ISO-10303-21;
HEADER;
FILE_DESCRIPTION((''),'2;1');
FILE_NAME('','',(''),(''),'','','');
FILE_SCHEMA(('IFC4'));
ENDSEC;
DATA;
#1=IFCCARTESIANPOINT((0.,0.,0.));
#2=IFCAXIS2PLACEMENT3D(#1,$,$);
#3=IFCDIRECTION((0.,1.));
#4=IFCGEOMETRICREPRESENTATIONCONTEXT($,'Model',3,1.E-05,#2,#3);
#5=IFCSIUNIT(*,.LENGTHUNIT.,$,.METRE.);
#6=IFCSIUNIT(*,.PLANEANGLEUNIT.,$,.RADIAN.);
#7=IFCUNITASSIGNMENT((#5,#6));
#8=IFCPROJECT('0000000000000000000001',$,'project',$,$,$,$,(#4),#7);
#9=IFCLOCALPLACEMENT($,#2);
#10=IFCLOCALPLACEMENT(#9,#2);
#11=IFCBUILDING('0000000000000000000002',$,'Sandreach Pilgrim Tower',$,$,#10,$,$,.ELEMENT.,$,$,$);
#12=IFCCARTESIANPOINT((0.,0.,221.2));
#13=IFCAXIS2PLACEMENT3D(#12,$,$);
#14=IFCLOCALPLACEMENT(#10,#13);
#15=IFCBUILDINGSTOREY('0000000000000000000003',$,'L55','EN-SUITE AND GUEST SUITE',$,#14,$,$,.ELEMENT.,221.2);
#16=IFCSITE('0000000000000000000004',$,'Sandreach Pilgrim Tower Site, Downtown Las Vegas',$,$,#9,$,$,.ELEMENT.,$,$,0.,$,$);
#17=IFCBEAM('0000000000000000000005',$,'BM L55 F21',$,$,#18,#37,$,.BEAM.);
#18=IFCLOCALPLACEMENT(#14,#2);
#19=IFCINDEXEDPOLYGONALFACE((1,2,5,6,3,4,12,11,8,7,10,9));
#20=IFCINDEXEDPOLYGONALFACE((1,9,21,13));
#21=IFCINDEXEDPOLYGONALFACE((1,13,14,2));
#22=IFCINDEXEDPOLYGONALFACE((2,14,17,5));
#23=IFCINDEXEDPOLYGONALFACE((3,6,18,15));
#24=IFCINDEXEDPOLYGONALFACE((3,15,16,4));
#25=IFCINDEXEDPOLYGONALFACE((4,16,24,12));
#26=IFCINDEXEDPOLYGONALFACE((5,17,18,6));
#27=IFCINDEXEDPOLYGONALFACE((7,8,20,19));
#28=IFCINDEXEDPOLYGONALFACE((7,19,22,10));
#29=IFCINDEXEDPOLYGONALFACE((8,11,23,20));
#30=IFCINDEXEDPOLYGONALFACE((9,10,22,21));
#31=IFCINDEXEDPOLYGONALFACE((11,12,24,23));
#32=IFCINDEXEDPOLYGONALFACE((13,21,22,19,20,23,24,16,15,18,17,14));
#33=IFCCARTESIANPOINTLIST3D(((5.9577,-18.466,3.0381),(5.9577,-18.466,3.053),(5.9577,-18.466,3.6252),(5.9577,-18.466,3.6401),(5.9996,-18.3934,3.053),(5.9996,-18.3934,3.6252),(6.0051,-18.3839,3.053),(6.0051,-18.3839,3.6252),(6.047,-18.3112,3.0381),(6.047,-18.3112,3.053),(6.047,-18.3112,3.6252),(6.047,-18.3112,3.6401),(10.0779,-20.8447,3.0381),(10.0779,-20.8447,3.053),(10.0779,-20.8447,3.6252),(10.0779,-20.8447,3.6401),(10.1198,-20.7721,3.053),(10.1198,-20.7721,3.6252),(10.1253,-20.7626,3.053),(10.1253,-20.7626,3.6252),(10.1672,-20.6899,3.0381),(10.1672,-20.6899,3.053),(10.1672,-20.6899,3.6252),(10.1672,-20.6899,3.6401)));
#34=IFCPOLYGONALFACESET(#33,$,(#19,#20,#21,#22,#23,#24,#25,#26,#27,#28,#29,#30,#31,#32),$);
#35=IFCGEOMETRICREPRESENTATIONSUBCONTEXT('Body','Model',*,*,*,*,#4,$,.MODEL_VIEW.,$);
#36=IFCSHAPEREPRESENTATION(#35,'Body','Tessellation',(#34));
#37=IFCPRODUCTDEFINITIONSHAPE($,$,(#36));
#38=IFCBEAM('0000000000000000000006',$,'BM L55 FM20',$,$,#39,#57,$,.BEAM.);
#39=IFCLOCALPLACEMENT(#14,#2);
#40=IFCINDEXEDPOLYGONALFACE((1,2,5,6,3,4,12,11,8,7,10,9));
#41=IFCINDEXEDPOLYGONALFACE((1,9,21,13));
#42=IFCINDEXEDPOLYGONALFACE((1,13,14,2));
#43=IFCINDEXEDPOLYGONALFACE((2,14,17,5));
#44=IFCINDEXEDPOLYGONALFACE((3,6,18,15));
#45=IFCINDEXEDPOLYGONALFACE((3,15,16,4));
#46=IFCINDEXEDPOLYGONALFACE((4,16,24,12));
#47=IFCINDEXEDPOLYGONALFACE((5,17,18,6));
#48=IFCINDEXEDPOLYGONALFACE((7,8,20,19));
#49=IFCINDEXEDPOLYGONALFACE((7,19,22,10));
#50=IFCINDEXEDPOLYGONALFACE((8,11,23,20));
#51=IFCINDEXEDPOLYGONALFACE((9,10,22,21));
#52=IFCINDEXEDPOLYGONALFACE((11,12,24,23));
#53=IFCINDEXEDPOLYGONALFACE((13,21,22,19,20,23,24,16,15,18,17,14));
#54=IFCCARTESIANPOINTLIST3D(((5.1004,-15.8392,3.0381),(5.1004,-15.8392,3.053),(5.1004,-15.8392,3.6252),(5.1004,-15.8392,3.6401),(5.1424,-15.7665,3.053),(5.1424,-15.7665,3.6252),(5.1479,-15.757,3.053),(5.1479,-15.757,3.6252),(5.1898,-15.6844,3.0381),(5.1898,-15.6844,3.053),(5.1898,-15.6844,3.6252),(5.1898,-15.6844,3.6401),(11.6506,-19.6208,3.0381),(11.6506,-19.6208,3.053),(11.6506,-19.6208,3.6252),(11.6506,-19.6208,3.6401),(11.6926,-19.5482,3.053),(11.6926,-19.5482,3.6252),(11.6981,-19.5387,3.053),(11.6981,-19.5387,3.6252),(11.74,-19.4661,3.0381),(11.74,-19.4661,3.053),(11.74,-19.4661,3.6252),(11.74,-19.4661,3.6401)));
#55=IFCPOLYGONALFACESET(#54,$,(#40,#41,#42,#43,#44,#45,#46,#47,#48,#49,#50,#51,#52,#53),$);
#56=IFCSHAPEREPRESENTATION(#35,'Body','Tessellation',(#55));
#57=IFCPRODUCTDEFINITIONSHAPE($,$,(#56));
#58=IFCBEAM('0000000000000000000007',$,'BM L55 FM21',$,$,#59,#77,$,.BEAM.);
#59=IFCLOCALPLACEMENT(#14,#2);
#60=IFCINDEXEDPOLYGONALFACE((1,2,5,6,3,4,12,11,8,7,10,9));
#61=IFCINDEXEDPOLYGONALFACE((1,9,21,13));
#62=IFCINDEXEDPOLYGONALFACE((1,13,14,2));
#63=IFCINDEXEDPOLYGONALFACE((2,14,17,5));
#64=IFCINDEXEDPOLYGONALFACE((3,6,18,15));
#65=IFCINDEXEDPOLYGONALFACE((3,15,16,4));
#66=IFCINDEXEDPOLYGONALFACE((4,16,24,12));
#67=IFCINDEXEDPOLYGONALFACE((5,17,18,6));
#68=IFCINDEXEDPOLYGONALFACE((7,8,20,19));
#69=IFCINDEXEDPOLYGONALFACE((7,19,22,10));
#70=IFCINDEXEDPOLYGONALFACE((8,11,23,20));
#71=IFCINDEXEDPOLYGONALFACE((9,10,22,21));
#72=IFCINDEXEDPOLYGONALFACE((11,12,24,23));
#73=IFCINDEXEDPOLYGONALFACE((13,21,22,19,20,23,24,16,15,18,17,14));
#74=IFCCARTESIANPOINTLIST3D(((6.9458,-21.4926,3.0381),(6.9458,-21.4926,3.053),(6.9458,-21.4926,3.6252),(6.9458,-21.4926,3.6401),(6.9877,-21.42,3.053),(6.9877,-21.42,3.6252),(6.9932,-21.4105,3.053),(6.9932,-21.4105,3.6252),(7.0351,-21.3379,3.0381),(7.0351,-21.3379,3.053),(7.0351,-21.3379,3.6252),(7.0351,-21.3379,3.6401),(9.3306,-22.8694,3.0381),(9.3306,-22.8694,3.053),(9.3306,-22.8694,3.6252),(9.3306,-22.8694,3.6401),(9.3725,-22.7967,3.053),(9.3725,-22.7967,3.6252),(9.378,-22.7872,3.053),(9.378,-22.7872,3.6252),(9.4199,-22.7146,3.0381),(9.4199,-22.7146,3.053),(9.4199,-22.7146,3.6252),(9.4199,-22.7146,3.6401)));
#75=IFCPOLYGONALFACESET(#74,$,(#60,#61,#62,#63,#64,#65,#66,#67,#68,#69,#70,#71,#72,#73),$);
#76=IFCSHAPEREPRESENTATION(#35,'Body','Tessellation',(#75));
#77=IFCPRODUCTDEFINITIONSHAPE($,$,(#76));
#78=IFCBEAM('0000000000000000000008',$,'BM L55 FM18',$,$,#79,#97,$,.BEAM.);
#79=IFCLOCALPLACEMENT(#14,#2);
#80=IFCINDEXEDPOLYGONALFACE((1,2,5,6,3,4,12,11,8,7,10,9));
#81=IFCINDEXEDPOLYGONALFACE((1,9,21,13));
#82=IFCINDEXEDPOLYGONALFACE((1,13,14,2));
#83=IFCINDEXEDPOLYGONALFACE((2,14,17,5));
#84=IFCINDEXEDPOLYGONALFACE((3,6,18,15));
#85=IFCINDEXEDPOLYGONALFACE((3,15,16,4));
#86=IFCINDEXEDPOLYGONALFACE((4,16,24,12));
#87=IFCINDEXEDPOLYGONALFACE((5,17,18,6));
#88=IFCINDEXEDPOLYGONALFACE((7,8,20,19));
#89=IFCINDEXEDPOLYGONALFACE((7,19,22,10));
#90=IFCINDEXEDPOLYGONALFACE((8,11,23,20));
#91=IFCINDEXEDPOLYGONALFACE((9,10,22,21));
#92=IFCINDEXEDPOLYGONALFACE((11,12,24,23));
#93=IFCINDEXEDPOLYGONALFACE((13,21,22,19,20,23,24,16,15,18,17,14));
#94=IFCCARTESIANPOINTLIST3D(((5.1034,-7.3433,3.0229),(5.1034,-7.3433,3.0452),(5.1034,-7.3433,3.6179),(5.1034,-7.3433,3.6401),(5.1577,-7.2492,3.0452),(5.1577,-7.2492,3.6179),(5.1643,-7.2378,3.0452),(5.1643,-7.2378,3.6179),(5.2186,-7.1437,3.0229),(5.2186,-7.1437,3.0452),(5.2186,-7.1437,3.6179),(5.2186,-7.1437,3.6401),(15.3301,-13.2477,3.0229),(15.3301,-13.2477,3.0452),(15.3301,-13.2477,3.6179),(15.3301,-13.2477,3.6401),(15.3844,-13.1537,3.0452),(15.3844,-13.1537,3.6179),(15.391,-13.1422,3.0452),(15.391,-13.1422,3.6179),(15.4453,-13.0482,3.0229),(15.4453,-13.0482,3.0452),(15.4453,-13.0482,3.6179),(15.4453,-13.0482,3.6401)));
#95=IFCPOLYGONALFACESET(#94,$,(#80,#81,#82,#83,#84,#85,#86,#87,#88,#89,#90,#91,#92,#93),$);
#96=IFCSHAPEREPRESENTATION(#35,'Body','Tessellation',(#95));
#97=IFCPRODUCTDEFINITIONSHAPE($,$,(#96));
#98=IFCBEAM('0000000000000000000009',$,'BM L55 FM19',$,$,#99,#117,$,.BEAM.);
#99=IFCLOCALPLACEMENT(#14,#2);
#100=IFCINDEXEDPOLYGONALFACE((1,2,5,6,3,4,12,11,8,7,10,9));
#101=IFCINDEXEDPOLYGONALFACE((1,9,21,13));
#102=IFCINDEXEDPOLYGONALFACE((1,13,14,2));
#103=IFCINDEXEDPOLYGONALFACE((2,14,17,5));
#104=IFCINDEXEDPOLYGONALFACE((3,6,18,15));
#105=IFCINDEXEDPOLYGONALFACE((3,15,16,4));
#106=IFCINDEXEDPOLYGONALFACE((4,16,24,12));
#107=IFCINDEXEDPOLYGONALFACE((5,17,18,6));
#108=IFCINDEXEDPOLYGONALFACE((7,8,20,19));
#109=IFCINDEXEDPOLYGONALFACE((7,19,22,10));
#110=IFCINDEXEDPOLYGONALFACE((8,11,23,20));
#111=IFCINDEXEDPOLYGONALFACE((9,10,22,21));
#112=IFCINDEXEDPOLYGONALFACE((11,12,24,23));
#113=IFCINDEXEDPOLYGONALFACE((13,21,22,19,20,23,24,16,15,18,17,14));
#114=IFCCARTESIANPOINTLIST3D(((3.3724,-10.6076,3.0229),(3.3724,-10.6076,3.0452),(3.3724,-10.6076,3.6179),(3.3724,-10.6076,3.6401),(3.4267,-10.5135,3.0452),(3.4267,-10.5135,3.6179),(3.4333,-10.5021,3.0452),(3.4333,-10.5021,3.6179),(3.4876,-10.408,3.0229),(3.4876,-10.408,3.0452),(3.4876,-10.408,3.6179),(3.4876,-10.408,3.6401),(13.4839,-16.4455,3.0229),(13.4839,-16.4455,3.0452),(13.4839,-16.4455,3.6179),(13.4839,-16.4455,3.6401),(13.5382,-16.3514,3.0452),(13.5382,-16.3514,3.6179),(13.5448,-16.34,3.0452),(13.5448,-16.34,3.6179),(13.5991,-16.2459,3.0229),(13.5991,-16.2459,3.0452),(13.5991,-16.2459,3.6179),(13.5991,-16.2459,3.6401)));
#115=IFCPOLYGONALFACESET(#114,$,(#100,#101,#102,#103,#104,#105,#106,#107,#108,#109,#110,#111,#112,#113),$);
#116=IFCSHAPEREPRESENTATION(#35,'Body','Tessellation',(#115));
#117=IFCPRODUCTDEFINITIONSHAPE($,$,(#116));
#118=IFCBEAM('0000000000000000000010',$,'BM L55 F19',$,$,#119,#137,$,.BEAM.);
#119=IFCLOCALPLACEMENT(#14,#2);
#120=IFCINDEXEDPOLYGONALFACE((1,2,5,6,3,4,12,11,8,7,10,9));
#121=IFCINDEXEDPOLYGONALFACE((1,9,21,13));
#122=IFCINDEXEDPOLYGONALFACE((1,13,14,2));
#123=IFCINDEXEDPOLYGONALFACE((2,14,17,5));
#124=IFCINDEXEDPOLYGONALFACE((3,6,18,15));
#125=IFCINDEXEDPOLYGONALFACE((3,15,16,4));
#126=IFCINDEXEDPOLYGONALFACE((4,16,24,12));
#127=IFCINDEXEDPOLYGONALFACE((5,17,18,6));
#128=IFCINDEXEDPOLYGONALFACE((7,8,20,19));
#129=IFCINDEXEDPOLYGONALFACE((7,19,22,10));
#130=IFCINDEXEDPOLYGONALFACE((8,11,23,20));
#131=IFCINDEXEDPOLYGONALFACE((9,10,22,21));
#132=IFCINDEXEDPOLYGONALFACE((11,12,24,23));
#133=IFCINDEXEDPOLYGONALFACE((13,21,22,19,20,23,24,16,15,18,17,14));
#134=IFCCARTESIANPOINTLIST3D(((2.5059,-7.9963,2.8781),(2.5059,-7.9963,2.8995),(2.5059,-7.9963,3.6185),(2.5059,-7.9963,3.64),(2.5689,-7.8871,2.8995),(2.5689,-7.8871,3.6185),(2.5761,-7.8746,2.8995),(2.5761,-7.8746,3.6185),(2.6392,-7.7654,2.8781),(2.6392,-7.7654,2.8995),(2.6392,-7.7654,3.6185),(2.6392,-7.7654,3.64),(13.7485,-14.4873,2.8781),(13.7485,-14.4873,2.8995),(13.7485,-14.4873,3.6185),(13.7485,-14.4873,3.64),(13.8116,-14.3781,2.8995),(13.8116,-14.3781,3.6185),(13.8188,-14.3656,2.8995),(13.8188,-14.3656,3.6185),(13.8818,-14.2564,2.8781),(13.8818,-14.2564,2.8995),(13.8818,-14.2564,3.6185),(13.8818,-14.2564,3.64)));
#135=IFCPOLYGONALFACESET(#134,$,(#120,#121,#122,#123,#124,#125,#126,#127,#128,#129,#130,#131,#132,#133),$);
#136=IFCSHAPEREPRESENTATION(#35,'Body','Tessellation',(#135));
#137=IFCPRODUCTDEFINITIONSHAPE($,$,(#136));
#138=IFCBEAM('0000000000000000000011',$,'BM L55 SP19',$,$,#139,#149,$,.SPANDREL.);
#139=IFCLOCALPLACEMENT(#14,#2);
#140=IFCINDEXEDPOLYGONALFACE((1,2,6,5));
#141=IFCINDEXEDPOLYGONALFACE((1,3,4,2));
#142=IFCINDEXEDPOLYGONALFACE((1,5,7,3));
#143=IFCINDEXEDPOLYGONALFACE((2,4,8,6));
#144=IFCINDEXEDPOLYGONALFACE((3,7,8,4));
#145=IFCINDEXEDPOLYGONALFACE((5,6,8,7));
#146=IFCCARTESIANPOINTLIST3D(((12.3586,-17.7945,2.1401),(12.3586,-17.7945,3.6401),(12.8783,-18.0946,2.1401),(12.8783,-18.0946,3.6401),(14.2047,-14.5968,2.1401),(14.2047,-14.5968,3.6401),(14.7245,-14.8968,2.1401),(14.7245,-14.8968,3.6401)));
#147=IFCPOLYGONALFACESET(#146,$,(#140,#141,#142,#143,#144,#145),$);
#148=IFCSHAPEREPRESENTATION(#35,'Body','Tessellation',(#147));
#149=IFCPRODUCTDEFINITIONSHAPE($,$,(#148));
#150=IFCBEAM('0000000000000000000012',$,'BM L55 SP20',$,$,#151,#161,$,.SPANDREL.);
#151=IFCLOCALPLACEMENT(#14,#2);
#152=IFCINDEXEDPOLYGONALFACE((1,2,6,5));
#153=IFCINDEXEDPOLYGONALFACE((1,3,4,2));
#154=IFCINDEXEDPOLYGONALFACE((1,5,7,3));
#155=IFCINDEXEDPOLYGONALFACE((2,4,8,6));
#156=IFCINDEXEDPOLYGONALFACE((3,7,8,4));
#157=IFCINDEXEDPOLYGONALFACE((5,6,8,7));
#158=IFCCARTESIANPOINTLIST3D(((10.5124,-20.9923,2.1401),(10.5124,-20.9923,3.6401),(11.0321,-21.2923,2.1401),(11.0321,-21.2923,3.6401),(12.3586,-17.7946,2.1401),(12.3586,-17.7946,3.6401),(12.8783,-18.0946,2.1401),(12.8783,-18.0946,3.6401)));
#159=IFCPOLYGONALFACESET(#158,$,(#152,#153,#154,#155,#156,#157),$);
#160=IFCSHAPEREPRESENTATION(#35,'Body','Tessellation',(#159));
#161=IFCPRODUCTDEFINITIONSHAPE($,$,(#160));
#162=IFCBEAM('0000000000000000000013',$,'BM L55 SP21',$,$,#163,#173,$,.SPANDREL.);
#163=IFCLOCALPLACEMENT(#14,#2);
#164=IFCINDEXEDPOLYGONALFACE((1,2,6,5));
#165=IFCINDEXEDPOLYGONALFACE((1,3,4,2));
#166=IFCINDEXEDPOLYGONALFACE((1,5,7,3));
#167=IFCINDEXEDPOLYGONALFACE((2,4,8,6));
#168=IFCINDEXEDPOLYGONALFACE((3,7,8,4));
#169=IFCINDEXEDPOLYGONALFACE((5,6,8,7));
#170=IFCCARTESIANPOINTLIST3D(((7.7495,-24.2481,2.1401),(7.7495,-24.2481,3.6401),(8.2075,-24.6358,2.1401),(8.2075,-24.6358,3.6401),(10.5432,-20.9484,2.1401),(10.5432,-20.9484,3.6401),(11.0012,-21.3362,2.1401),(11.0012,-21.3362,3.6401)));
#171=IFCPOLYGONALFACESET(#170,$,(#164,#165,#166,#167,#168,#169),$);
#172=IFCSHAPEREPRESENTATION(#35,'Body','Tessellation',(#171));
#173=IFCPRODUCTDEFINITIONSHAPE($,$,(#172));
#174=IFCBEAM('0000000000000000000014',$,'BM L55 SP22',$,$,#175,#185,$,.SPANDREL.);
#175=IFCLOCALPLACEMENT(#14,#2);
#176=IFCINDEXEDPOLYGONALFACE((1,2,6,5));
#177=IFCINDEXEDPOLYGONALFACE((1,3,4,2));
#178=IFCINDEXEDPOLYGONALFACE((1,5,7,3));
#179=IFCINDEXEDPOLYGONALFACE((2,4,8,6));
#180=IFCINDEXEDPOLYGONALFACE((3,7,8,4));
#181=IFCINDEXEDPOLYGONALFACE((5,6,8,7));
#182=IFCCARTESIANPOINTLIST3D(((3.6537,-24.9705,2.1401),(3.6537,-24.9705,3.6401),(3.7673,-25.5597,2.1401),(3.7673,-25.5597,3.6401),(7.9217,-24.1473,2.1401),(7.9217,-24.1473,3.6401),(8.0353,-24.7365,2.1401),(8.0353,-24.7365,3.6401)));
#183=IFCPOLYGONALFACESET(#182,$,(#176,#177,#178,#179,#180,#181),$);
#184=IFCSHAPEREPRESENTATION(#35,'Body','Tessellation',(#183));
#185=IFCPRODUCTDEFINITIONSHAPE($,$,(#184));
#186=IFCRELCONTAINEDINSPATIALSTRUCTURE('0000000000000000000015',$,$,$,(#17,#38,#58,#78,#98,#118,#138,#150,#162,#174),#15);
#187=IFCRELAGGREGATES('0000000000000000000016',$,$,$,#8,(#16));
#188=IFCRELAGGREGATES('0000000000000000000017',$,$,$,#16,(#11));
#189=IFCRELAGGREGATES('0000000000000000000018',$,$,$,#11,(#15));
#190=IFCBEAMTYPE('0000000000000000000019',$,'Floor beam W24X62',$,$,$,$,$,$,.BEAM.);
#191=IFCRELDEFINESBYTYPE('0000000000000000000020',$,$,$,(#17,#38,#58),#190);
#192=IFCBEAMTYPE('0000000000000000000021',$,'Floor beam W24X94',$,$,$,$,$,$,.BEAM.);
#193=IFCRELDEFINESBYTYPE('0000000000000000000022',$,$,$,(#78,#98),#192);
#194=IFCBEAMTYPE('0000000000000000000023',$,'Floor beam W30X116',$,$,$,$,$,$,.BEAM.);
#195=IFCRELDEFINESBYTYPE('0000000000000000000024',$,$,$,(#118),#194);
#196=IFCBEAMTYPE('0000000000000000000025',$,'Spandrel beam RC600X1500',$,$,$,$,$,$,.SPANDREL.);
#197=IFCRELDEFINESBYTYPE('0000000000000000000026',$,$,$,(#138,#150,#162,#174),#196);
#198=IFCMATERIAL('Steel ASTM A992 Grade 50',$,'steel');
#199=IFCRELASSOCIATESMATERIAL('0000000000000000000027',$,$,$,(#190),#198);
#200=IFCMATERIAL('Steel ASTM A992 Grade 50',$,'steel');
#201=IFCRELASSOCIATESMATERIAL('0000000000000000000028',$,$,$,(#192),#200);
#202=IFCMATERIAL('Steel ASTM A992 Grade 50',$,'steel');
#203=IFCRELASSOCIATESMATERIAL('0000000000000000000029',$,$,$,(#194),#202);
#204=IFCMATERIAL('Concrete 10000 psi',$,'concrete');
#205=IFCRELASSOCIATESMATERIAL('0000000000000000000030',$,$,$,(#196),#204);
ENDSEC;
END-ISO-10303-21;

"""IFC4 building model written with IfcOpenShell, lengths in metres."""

from ifc_helpers import new_model, si_unit, direction, frame, origin, origin_2d, place, context, subcontext, project, spatial, rectangle, i_section, extrude, material, material_profile, profile_set, type_object, element, save


model = new_model("IFC4")

# Units and contexts
model_context = context("Model", 3, precision=1e-05, world=origin(), true_north=direction((0.0, 1.0)))
body_context = subcontext(model_context, "Body", "Model", "MODEL_VIEW")
ifc_project = project(units=[si_unit("LENGTHUNIT", "METRE"), si_unit("PLANEANGLEUNIT", "RADIAN")], contexts=[model_context])

# Site, building, storey
site_placement = place(None, origin())
site = spatial("IfcSite", under=ifc_project, at=site_placement, Name="Sandreach Pilgrim Tower Site, Downtown Las Vegas", CompositionType="ELEMENT", RefElevation=0.0)
building_placement = place(site_placement, origin())
building = spatial("IfcBuilding", under=site, at=building_placement, Name="Sandreach Pilgrim Tower", CompositionType="ELEMENT")
storey_placement = place(building_placement, frame((0.0, 0.0, 221.2)))
storey = spatial("IfcBuildingStorey", under=building, at=storey_placement, Name="L55", Description="EN-SUITE AND GUEST SUITE", CompositionType="ELEMENT", Elevation=221.2)

# Beams
ifc_material_1 = material(Name="Steel ASTM A992 Grade 50", Category="steel")
ifc_material_profile_1 = material_profile(ifc_material_1, i_section(OverallWidth=0.1787, OverallDepth=0.6021, WebThickness=0.011, FlangeThickness=0.0149, at=origin_2d()), Name="W24X62")
ifc_profile_set_1 = profile_set([ifc_material_profile_1], Name="Steel ASTM A992 Grade 50")
beam_type_1 = type_object("IfcBeamType", Name="Floor beam W24X62", PredefinedType="BEAM", material=ifc_profile_set_1)
beam_1_placement = place(storey_placement, frame((10.1226, -20.7673, 3.3391), z_axis=(-0.866033, 0.499986, 0.0), x_axis=(-0.499986, -0.866033, 0.0)))
element("IfcBeam", 1, at=beam_1_placement, inside=storey, type_object=beam_type_1, Name="BM L55 F21", PredefinedType="BEAM", context=body_context, shape_type="SweptSolid", body=[
    extrude(i_section(OverallWidth=0.1787, OverallDepth=0.6021, WebThickness=0.011, FlangeThickness=0.0149, at=origin_2d()), origin(), (0.0, 0.0, 1.0), 4.7576),
])
beam_2_placement = place(storey_placement, frame((11.6953, -19.5435, 3.3391), z_axis=(-0.86603, 0.499993, 0.0), x_axis=(-0.499993, -0.86603, 0.0)))
element("IfcBeam", 2, at=beam_2_placement, inside=storey, type_object=beam_type_1, Name="BM L55 FM20", PredefinedType="BEAM", context=body_context, shape_type="SweptSolid", body=[
    extrude(i_section(OverallWidth=0.1787, OverallDepth=0.6021, WebThickness=0.011, FlangeThickness=0.0149, at=origin_2d()), origin(), (0.0, 0.0, 1.0), 7.5635),
])
beam_3_placement = place(storey_placement, frame((9.3752, -22.792, 3.3391), z_axis=(-0.866047, 0.499963, 0.0), x_axis=(-0.499963, -0.866047, 0.0)))
element("IfcBeam", 3, at=beam_3_placement, inside=storey, type_object=beam_type_1, Name="BM L55 FM21", PredefinedType="BEAM", context=body_context, shape_type="SweptSolid", body=[
    extrude(i_section(OverallWidth=0.1787, OverallDepth=0.6021, WebThickness=0.011, FlangeThickness=0.0149, at=origin_2d()), origin(), (0.0, 0.0, 1.0), 2.7537),
])
ifc_material_2 = material(Name="Steel ASTM A992 Grade 50", Category="steel")
ifc_material_profile_2 = material_profile(ifc_material_2, i_section(OverallWidth=0.2305, OverallDepth=0.6172, WebThickness=0.0132, FlangeThickness=0.0222, at=origin_2d()), Name="W24X94")
ifc_profile_set_2 = profile_set([ifc_material_profile_2], Name="Steel ASTM A992 Grade 50")
beam_type_2 = type_object("IfcBeamType", Name="Floor beam W24X94", PredefinedType="BEAM", material=ifc_profile_set_2)
beam_4_placement = place(storey_placement, frame((15.3877, -13.1479, 3.3315), z_axis=(-0.866022, 0.500006, 0.0), x_axis=(-0.500006, -0.866022, 0.0)))
element("IfcBeam", 4, at=beam_4_placement, inside=storey, type_object=beam_type_2, Name="BM L55 FM18", PredefinedType="BEAM", context=body_context, shape_type="SweptSolid", body=[
    extrude(i_section(OverallWidth=0.2305, OverallDepth=0.6172, WebThickness=0.0132, FlangeThickness=0.0222, at=origin_2d()), origin(), (0.0, 0.0, 1.0), 11.8088),
])
beam_5_placement = place(storey_placement, frame((13.5415, -16.3457, 3.3315), z_axis=(-0.866026, 0.499998, 0.0), x_axis=(-0.499998, -0.866026, 0.0)))
element("IfcBeam", 5, at=beam_5_placement, inside=storey, type_object=beam_type_2, Name="BM L55 FM19", PredefinedType="BEAM", context=body_context, shape_type="SweptSolid", body=[
    extrude(i_section(OverallWidth=0.2305, OverallDepth=0.6172, WebThickness=0.0132, FlangeThickness=0.0222, at=origin_2d()), origin(), (0.0, 0.0, 1.0), 11.6758),
])
ifc_material_3 = material(Name="Steel ASTM A992 Grade 50", Category="steel")
ifc_material_profile_3 = material_profile(ifc_material_3, i_section(OverallWidth=0.2666, OverallDepth=0.762, WebThickness=0.0144, FlangeThickness=0.0215, at=origin_2d()), Name="W30X116")
ifc_profile_set_3 = profile_set([ifc_material_profile_3], Name="Steel ASTM A992 Grade 50")
beam_type_3 = type_object("IfcBeamType", Name="Floor beam W30X116", PredefinedType="BEAM", material=ifc_profile_set_3)
beam_6_placement = place(storey_placement, frame((13.8152, -14.3718, 3.259), z_axis=(-0.866025, 0.5, 0.0), x_axis=(-0.5, -0.866025, 0.0)))
element("IfcBeam", 6, at=beam_6_placement, inside=storey, type_object=beam_type_3, Name="BM L55 F19", PredefinedType="BEAM", context=body_context, shape_type="SweptSolid", body=[
    extrude(i_section(OverallWidth=0.2666, OverallDepth=0.762, WebThickness=0.0144, FlangeThickness=0.0215, at=origin_2d()), origin(), (0.0, 0.0, 1.0), 12.9819),
])
ifc_material_4 = material(Name="Concrete 10000 psi", Category="concrete")
ifc_material_profile_4 = material_profile(ifc_material_4, rectangle(XDim=0.6001, YDim=1.5, at=origin_2d()), Name="RC600X1500")
ifc_profile_set_4 = profile_set([ifc_material_profile_4], Name="Concrete 10000 psi")
beam_type_4 = type_object("IfcBeamType", Name="Spandrel beam RC600X1500", PredefinedType="SPANDREL", material=ifc_profile_set_4)
for number, where, z_axis, x_axis, name in (
    (7, (14.4646, -14.7468, 2.8901), (-0.499993, -0.866029, 0.0), (0.866029, -0.499993, 0.0), "BM L55 SP19"),
    (8, (12.6184, -17.9446, 2.8901), (-0.499993, -0.866029, 0.0), (0.866029, -0.499993, 0.0), "BM L55 SP20"),
):
    element("IfcBeam", number, at=place(storey_placement, frame(where, z_axis=z_axis, x_axis=x_axis)), inside=storey, type_object=beam_type_4, Name=name, PredefinedType="SPANDREL", context=body_context, shape_type="SweptSolid", body=[
        extrude(rectangle(XDim=0.6001, YDim=1.5, at=origin_2d()), origin(), (0.0, 0.0, 1.0), 3.6924),
    ])
beam_7_placement = place(storey_placement, frame((10.7722, -21.1423, 2.8901), z_axis=(-0.64618, -0.763185, 0.0), x_axis=(0.763185, -0.64618, 0.0)))
element("IfcBeam", 9, at=beam_7_placement, inside=storey, type_object=beam_type_4, Name="BM L55 SP21", PredefinedType="SPANDREL", context=body_context, shape_type="SweptSolid", body=[
    extrude(rectangle(XDim=0.6001, YDim=1.5, at=origin_2d()), origin(), (0.0, 0.0, 1.0), 4.3235),
])
beam_8_placement = place(storey_placement, frame((7.9785, -24.4419, 2.8901), z_axis=(-0.981901, -0.189393, 0.0), x_axis=(0.189393, -0.981901, 0.0)))
element("IfcBeam", 10, at=beam_8_placement, inside=storey, type_object=beam_type_4, Name="BM L55 SP22", PredefinedType="SPANDREL", context=body_context, shape_type="SweptSolid", body=[
    extrude(rectangle(XDim=0.6001, YDim=1.5, at=origin_2d()), origin(), (0.0, 0.0, 1.0), 4.3467),
])

save(model, "model.ifc")
